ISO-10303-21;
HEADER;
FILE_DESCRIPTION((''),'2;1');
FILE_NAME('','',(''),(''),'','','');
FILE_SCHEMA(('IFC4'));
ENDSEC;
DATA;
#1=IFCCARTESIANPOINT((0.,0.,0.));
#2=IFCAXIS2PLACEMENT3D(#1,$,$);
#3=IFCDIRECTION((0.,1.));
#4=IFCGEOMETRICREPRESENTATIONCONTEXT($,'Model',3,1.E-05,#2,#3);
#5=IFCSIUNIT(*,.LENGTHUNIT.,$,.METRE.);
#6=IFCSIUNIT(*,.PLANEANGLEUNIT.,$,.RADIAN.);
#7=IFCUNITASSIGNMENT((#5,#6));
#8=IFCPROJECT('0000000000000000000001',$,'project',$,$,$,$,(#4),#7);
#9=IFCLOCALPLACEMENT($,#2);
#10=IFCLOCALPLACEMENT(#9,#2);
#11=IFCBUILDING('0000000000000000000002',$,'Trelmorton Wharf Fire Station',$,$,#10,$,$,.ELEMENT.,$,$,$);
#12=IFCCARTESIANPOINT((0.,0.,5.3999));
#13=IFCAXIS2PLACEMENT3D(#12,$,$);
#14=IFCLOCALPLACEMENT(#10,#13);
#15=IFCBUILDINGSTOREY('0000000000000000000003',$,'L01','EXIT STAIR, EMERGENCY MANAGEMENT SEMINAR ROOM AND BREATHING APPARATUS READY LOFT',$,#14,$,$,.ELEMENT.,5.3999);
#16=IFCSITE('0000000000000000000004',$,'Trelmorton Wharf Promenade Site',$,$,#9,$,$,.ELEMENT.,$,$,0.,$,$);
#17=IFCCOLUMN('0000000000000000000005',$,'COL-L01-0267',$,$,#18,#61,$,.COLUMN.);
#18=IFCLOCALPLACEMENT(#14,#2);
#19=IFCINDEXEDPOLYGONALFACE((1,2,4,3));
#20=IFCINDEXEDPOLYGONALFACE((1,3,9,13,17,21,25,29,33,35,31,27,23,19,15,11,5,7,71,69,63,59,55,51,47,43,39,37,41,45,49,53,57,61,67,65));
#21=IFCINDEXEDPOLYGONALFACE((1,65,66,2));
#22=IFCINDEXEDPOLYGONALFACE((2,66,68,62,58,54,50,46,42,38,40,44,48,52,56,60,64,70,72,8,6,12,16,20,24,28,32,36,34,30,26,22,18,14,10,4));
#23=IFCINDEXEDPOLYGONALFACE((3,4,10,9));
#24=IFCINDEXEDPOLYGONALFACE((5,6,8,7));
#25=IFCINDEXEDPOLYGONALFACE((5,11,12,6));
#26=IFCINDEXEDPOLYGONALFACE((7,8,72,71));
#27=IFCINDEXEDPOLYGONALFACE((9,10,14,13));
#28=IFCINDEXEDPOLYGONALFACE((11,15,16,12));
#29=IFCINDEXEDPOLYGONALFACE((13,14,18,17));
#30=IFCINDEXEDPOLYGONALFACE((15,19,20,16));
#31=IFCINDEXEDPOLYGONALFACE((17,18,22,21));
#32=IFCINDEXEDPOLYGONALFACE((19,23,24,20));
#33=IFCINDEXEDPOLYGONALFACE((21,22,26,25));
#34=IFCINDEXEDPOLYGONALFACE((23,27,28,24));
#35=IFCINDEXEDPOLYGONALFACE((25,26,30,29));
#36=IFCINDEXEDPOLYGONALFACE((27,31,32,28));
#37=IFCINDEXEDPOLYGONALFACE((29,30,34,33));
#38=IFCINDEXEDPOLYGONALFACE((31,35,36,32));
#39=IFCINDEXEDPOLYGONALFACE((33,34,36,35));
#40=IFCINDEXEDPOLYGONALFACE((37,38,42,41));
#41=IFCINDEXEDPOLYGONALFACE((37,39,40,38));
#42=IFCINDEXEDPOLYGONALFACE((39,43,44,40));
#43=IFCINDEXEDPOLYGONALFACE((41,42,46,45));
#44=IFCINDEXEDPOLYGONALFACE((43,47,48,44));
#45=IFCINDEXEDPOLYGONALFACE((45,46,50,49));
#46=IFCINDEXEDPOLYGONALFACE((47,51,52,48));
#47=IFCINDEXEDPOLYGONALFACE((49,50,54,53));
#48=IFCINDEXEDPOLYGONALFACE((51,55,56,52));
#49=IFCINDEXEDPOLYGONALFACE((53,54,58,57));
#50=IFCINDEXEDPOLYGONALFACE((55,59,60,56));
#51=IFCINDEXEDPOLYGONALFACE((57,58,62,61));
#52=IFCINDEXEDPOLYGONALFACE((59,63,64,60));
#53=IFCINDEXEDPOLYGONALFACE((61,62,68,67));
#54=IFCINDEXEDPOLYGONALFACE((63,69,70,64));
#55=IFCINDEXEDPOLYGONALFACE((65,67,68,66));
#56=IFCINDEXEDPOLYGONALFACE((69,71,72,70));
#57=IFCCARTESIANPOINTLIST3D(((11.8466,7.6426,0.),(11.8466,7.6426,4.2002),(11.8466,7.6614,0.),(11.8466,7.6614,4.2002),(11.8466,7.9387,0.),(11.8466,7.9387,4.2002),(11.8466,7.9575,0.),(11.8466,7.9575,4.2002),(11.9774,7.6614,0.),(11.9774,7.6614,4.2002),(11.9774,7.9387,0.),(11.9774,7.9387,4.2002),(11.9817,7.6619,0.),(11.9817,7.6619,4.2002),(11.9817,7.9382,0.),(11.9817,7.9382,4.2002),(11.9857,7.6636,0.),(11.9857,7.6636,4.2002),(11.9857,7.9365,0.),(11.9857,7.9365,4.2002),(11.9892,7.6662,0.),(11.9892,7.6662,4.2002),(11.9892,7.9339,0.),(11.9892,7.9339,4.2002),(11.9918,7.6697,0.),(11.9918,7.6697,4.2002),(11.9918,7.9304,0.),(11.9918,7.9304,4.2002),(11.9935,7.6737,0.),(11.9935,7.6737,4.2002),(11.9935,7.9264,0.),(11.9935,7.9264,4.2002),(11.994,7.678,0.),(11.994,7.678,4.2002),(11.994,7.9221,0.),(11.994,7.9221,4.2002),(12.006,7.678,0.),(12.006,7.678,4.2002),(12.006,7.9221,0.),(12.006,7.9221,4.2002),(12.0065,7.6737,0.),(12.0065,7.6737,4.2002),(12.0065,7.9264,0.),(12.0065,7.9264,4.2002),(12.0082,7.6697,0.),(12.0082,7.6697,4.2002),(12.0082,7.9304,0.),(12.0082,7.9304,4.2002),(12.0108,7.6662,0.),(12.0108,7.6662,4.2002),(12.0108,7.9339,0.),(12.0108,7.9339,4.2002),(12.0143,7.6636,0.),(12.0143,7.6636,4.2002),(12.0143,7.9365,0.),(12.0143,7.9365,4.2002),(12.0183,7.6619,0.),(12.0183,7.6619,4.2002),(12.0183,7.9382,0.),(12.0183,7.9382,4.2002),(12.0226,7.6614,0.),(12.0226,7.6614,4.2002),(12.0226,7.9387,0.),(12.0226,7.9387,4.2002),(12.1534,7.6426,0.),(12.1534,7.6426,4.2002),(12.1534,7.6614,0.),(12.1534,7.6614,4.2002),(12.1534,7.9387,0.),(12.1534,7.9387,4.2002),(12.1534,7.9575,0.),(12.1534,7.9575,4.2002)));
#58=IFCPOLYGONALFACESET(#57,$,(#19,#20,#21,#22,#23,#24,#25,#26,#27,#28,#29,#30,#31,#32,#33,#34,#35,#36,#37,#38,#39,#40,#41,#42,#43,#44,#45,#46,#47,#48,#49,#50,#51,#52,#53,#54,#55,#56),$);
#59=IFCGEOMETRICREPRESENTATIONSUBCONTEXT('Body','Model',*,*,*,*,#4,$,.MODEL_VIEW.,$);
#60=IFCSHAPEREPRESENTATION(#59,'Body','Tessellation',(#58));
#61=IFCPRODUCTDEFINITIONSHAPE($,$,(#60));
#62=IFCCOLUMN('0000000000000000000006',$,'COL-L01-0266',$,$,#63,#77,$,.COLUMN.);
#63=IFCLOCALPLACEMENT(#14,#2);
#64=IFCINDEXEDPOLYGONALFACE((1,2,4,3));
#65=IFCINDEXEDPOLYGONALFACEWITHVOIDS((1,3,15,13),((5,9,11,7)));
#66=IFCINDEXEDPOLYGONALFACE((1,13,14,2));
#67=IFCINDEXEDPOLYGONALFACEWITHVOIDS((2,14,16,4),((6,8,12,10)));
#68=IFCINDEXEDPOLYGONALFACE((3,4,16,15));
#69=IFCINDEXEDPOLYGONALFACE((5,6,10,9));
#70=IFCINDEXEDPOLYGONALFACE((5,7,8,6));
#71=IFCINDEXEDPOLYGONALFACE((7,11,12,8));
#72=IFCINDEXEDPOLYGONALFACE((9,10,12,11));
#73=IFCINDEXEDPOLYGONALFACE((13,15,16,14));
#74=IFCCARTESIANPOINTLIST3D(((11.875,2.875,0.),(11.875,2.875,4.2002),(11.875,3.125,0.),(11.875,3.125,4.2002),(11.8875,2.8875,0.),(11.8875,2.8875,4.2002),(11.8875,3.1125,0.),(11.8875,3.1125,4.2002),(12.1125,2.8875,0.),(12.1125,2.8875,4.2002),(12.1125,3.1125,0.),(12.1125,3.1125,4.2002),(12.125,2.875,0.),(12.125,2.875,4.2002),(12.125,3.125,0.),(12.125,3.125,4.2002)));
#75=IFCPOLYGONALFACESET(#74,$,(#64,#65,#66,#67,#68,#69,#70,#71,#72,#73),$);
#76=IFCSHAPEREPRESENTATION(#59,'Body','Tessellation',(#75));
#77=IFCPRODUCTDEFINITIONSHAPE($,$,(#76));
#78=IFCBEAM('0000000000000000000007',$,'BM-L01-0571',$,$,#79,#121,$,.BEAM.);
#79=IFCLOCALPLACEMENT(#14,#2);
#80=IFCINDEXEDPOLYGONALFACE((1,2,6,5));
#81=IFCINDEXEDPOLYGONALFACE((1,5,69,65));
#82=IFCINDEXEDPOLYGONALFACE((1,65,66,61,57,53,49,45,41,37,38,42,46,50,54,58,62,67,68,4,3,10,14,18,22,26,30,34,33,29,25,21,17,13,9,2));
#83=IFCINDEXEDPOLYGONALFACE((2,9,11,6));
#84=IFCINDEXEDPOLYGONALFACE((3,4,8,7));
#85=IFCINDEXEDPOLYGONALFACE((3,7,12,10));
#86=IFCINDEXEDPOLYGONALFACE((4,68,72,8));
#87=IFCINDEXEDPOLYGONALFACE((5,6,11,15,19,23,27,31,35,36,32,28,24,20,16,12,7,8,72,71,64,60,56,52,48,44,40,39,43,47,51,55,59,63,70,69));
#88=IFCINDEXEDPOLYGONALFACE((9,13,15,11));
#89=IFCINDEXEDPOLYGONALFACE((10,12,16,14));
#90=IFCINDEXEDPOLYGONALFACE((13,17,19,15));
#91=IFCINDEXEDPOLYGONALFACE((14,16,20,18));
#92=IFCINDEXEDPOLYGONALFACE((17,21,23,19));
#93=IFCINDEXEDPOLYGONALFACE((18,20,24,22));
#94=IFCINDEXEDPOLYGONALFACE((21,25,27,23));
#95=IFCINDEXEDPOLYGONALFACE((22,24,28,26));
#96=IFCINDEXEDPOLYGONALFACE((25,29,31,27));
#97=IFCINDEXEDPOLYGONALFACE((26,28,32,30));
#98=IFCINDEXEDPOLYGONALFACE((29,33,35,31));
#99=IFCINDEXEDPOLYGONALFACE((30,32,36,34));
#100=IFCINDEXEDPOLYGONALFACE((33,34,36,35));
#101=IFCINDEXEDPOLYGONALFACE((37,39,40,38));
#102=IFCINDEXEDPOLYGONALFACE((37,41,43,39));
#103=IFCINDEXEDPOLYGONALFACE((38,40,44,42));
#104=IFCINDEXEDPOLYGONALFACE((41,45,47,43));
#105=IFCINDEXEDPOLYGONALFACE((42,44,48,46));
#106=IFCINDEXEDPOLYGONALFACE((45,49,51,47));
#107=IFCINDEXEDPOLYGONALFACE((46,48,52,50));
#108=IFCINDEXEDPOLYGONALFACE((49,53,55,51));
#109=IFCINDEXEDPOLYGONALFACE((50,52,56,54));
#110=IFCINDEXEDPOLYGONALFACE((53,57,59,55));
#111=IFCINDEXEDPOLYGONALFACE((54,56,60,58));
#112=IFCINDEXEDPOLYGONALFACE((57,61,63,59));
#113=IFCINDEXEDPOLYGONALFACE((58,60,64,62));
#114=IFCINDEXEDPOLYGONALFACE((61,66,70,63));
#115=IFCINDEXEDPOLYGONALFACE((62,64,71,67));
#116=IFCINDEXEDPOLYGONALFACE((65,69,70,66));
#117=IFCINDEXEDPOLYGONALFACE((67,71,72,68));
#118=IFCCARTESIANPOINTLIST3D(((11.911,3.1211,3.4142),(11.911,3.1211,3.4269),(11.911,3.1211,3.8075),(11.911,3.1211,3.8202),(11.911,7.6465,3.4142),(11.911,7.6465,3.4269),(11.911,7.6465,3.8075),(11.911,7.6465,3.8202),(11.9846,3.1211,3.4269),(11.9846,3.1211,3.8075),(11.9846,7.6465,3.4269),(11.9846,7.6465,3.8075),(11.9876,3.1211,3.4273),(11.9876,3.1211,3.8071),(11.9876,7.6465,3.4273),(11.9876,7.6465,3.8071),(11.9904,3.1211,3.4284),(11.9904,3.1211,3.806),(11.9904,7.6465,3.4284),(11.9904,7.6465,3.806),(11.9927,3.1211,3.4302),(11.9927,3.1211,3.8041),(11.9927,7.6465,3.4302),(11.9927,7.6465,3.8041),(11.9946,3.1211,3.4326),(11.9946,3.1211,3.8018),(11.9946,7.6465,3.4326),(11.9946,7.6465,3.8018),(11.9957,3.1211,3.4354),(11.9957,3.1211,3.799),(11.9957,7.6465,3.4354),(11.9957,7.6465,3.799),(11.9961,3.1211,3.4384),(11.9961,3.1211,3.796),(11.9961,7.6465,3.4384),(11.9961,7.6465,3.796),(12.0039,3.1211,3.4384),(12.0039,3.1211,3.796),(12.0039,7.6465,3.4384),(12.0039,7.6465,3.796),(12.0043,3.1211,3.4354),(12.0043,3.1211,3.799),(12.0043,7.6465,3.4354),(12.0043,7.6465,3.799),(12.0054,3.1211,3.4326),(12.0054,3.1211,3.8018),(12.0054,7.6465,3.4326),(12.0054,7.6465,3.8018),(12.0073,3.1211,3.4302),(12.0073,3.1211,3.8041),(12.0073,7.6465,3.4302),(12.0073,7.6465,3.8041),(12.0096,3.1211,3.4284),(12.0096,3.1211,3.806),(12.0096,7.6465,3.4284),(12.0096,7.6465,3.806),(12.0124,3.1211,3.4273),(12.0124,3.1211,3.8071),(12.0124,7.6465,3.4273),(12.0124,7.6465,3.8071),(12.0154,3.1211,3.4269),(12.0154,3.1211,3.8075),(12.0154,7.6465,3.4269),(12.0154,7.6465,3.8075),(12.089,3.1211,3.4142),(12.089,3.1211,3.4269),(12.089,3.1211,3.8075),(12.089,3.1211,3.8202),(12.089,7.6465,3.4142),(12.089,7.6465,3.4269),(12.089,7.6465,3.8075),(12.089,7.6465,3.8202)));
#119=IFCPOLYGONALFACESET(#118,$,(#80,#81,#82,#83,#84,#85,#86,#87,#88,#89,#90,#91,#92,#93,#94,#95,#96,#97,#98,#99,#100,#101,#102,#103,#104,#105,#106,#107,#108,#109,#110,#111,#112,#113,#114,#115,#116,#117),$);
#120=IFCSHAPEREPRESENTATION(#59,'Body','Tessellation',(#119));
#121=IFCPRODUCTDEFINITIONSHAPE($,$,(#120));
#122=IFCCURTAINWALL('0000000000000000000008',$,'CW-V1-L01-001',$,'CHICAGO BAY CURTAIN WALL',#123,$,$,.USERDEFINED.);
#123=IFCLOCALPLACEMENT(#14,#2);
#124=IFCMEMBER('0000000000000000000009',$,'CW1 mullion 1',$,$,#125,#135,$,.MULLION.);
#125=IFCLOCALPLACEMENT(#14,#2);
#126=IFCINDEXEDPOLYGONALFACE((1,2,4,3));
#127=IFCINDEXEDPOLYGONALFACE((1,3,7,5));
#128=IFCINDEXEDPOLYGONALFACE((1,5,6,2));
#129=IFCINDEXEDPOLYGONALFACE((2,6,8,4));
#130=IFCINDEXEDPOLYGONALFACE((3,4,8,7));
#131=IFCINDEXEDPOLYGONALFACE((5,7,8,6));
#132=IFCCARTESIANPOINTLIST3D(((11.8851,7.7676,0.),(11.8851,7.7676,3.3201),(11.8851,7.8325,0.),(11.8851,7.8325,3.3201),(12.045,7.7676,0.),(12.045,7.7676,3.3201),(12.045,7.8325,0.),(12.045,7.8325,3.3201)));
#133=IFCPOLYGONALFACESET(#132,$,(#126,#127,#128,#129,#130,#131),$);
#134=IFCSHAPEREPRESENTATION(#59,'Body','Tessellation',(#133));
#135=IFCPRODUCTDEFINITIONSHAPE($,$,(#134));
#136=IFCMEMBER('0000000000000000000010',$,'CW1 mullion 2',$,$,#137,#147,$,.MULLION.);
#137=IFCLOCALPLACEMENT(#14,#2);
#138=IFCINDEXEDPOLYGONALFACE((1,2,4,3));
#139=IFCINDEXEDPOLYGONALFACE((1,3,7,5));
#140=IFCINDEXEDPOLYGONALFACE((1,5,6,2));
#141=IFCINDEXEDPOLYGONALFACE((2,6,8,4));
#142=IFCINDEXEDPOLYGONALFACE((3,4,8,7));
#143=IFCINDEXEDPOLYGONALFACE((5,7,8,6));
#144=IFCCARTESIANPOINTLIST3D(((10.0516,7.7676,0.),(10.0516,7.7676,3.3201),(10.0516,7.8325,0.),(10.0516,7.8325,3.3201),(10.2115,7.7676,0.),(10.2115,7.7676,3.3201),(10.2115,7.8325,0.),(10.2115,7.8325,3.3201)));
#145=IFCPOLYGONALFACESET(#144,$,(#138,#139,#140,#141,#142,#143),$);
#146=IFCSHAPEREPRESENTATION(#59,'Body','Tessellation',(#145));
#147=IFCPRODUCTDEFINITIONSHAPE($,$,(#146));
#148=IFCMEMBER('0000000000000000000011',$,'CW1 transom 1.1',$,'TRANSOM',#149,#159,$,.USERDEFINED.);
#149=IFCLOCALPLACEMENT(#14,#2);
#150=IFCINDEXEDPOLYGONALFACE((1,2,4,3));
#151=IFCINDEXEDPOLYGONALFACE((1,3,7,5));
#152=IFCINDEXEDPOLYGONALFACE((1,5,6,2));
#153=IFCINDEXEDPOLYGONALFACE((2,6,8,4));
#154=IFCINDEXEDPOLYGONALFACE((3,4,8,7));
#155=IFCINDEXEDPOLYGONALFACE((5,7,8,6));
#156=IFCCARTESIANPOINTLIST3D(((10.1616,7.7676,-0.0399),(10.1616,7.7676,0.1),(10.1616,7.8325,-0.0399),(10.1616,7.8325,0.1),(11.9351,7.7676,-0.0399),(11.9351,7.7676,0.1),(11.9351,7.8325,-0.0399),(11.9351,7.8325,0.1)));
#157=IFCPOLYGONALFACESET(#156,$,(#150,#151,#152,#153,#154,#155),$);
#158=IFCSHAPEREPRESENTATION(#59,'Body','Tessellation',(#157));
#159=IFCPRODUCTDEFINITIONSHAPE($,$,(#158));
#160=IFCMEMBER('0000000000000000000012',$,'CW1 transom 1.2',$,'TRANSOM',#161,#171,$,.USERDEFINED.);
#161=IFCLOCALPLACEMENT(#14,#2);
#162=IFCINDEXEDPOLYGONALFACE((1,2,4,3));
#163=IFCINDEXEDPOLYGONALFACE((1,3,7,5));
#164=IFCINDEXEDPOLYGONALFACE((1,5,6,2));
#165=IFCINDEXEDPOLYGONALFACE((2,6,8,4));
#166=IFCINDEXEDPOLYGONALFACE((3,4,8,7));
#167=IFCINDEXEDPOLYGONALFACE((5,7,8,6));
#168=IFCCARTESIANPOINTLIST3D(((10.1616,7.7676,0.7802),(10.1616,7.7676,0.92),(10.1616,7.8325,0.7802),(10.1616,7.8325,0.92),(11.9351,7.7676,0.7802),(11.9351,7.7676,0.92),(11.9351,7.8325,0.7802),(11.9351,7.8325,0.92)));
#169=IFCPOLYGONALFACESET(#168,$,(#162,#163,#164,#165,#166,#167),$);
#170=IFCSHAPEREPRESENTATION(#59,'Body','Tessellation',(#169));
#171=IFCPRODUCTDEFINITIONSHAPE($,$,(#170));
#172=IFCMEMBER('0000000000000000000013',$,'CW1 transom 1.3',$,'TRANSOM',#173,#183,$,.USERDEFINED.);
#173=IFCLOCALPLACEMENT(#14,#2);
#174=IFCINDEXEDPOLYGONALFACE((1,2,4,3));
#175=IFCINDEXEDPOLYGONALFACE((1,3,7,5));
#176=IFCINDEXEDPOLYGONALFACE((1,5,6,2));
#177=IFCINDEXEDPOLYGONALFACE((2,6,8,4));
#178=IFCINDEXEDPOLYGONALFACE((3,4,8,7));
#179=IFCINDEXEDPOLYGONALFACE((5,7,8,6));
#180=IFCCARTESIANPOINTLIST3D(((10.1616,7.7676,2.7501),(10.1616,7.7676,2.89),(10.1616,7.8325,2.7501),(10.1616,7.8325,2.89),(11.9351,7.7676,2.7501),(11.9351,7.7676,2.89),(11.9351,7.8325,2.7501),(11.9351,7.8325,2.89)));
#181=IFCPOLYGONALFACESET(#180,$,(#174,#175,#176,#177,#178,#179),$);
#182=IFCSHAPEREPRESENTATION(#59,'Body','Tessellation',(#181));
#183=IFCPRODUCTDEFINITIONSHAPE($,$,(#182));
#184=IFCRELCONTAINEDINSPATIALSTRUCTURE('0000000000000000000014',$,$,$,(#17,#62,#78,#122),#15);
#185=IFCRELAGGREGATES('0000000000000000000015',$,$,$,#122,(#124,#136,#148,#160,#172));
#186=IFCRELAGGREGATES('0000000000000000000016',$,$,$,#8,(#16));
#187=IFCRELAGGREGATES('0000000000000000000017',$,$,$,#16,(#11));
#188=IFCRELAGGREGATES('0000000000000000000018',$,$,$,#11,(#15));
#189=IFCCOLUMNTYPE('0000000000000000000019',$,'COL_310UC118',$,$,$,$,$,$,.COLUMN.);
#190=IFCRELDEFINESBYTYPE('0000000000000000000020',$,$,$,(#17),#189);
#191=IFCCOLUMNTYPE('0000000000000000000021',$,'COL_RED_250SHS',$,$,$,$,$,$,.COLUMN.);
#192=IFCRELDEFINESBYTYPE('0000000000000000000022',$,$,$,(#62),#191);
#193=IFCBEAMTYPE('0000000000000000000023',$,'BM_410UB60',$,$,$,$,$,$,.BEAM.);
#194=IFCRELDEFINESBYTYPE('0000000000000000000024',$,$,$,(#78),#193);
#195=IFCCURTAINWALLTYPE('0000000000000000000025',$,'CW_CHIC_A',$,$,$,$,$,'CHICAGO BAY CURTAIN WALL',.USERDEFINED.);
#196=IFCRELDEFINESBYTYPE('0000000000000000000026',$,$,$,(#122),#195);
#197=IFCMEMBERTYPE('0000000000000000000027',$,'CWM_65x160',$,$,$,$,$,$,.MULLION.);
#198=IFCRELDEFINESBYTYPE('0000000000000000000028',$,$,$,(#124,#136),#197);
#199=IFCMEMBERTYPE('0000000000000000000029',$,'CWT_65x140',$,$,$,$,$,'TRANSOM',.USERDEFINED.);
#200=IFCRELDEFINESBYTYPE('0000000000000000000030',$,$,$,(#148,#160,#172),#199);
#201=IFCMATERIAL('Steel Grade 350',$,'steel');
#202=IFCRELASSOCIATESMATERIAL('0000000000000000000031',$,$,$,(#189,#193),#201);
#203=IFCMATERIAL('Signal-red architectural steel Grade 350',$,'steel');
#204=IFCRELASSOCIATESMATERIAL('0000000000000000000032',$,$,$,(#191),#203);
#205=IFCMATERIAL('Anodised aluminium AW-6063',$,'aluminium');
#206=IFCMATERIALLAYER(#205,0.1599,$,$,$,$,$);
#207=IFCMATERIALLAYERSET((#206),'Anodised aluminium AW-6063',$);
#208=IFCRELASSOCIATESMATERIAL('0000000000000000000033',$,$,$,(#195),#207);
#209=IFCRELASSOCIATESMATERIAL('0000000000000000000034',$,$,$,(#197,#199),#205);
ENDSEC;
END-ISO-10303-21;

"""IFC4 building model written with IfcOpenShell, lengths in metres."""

from ifc_helpers import new_model, si_unit, direction, frame, origin, origin_2d, place, context, subcontext, project, spatial, rectangle, hollow_rectangle, i_section, extrude, material, layer, layer_set, material_profile, profile_set, type_object, element, aggregate, save


model = new_model("IFC4")

# Units and contexts
model_context = context("Model", 3, precision=1e-05, world=origin(), true_north=direction((0.0, 1.0)))
body_context = subcontext(model_context, "Body", "Model", "MODEL_VIEW")
ifc_project = project(units=[si_unit("LENGTHUNIT", "METRE"), si_unit("PLANEANGLEUNIT", "RADIAN")], contexts=[model_context])

# Site, building, storey
site_placement = place(None, origin())
site = spatial("IfcSite", under=ifc_project, at=site_placement, Name="Trelmorton Wharf Promenade Site", CompositionType="ELEMENT", RefElevation=0.0)
building_placement = place(site_placement, origin())
building = spatial("IfcBuilding", under=site, at=building_placement, Name="Trelmorton Wharf Fire Station", CompositionType="ELEMENT")
storey_placement = place(building_placement, frame((0.0, 0.0, 5.3999)))
storey = spatial("IfcBuildingStorey", under=building, at=storey_placement, Name="L01", Description="EXIT STAIR, EMERGENCY MANAGEMENT SEMINAR ROOM AND BREATHING APPARATUS READY LOFT", CompositionType="ELEMENT", Elevation=5.3999)

# Columns
ifc_material_1 = material(Name="Steel Grade 350", Category="steel")
ifc_material_profile_1 = material_profile(ifc_material_1, i_section(OverallWidth=0.3069, OverallDepth=0.3149, WebThickness=0.012, FlangeThickness=0.0188, FilletRadius=0.0166, at=origin_2d()), Name="310UC118")
ifc_profile_set_1 = profile_set([ifc_material_profile_1], Name="Steel Grade 350")
column_type_1 = type_object("IfcColumnType", Name="COL_310UC118", PredefinedType="COLUMN", material=ifc_profile_set_1)
column_1_placement = place(storey_placement, frame((12.0, 7.8, 0.0), z_axis=(0.0, 0.0, 1.0), x_axis=(1.0, 0.0, 0.0)))
element("IfcColumn", 1, at=column_1_placement, inside=storey, type_object=column_type_1, Name="COL-L01-0267", PredefinedType="COLUMN", context=body_context, shape_type="SweptSolid", body=[
    extrude(i_section(OverallWidth=0.3069, OverallDepth=0.3149, WebThickness=0.012, FlangeThickness=0.0188, FilletRadius=0.0166, at=origin_2d()), origin(), (0.0, 0.0, 1.0), 4.2002),
])
ifc_material_2 = material(Name="Signal-red architectural steel Grade 350", Category="steel")
ifc_material_profile_2 = material_profile(ifc_material_2, hollow_rectangle(XDim=0.25, YDim=0.25, WallThickness=0.0125, at=origin_2d()), Name="250x250x12.5SHS")
ifc_profile_set_2 = profile_set([ifc_material_profile_2], Name="Signal-red architectural steel Grade 350")
column_type_2 = type_object("IfcColumnType", Name="COL_RED_250SHS", PredefinedType="COLUMN", material=ifc_profile_set_2)
column_2_placement = place(storey_placement, frame((12.0, 3.0, 0.0), z_axis=(0.0, 0.0, 1.0), x_axis=(1.0, 0.0, 0.0)))
element("IfcColumn", 2, at=column_2_placement, inside=storey, type_object=column_type_2, Name="COL-L01-0266", PredefinedType="COLUMN", context=body_context, shape_type="SweptSolid", body=[
    extrude(hollow_rectangle(XDim=0.25, YDim=0.25, WallThickness=0.0125, at=origin_2d()), origin(), (0.0, 0.0, 1.0), 4.2002),
])

# Beam
ifc_material_profile_3 = material_profile(ifc_material_1, i_section(OverallWidth=0.178, OverallDepth=0.406, WebThickness=0.0078, FlangeThickness=0.0127, FilletRadius=0.0115, at=origin_2d()), Name="410UB59.7")
ifc_profile_set_3 = profile_set([ifc_material_profile_3], Name="Steel Grade 350")
beam_type = type_object("IfcBeamType", Name="BM_410UB60", PredefinedType="BEAM", material=ifc_profile_set_3)
beam_placement = place(storey_placement, frame((12.0, 3.1211, 3.6172), z_axis=(0.0, 1.0, 0.0), x_axis=(-1.0, 0.0, 0.0)))
element("IfcBeam", 3, at=beam_placement, inside=storey, type_object=beam_type, Name="BM-L01-0571", PredefinedType="BEAM", context=body_context, shape_type="SweptSolid", body=[
    extrude(i_section(OverallWidth=0.178, OverallDepth=0.406, WebThickness=0.0078, FlangeThickness=0.0127, FilletRadius=0.0115, at=origin_2d()), origin(), (0.0, 0.0, 1.0), 4.5254),
])

# Curtain wall, members
ifc_material_3 = material(Name="Anodised aluminium AW-6063", Category="aluminium")
ifc_layer_1 = layer(ifc_material_3, 0.1599)
ifc_layer_set_1 = layer_set([ifc_layer_1], Name="Anodised aluminium AW-6063")
curtain_wall_type = type_object("IfcCurtainWallType", Name="CW_CHIC_A", ElementType="CHICAGO BAY CURTAIN WALL", PredefinedType="USERDEFINED", material=ifc_layer_set_1)
curtain_wall_placement = place(storey_placement, origin())
curtain_wall = element("IfcCurtainWall", 4, at=curtain_wall_placement, inside=storey, type_object=curtain_wall_type, Name="CW-V1-L01-001", ObjectType="CHICAGO BAY CURTAIN WALL", PredefinedType="USERDEFINED")
ifc_material_profile_4 = material_profile(ifc_material_3, rectangle(XDim=0.0649, YDim=0.1599, at=origin_2d()), Name="ALU-65x160")
ifc_profile_set_4 = profile_set([ifc_material_profile_4], Name="Anodised aluminium AW-6063")
member_type_1 = type_object("IfcMemberType", Name="CWM_65x160", PredefinedType="MULLION", material=ifc_profile_set_4)
member_1_placement = place(storey_placement, frame((11.9651, 7.8, 0.0), z_axis=(0.0, 0.0, 1.0), x_axis=(0.0, -1.0, 0.0)))
member_1 = element("IfcMember", 5, at=member_1_placement, type_object=member_type_1, Name="CW1 mullion 1", PredefinedType="MULLION", context=body_context, shape_type="SweptSolid", body=[
    extrude(rectangle(XDim=0.0649, YDim=0.1599, at=origin_2d()), origin(), (0.0, 0.0, 1.0), 3.3201),
])
member_2_placement = place(storey_placement, frame((10.1316, 7.8, 0.0), z_axis=(0.0, 0.0, 1.0), x_axis=(0.0, -1.0, 0.0)))
member_2 = element("IfcMember", 6, at=member_2_placement, type_object=member_type_1, Name="CW1 mullion 2", PredefinedType="MULLION", context=body_context, shape_type="SweptSolid", body=[
    extrude(rectangle(XDim=0.0649, YDim=0.1599, at=origin_2d()), origin(), (0.0, 0.0, 1.0), 3.3201),
])
ifc_material_profile_5 = material_profile(ifc_material_3, rectangle(XDim=0.0649, YDim=0.1399, at=origin_2d()), Name="ALU-65x140")
ifc_profile_set_5 = profile_set([ifc_material_profile_5], Name="Anodised aluminium AW-6063")
member_type_2 = type_object("IfcMemberType", Name="CWT_65x140", ElementType="TRANSOM", PredefinedType="USERDEFINED", material=ifc_profile_set_5)
member_3_placement = place(storey_placement, frame((11.9351, 7.8, 0.03), z_axis=(-1.0, 0.0, 0.0), x_axis=(0.0, -1.0, 0.0)))
member_3 = element("IfcMember", 7, at=member_3_placement, type_object=member_type_2, Name="CW1 transom 1.1", ObjectType="TRANSOM", PredefinedType="USERDEFINED", context=body_context, shape_type="SweptSolid", body=[
    extrude(rectangle(XDim=0.0649, YDim=0.1399, at=origin_2d()), origin(), (0.0, 0.0, 1.0), 1.7734),
])
member_4_placement = place(storey_placement, frame((11.9351, 7.8, 0.8501), z_axis=(-1.0, 0.0, 0.0), x_axis=(0.0, -1.0, 0.0)))
member_4 = element("IfcMember", 8, at=member_4_placement, type_object=member_type_2, Name="CW1 transom 1.2", ObjectType="TRANSOM", PredefinedType="USERDEFINED", context=body_context, shape_type="SweptSolid", body=[
    extrude(rectangle(XDim=0.0649, YDim=0.1399, at=origin_2d()), origin(), (0.0, 0.0, 1.0), 1.7734),
])
member_5_placement = place(storey_placement, frame((11.9351, 7.8, 2.8201), z_axis=(-1.0, 0.0, 0.0), x_axis=(0.0, -1.0, 0.0)))
member_5 = element("IfcMember", 9, at=member_5_placement, type_object=member_type_2, Name="CW1 transom 1.3", ObjectType="TRANSOM", PredefinedType="USERDEFINED", context=body_context, shape_type="SweptSolid", body=[
    extrude(rectangle(XDim=0.0649, YDim=0.1399, at=origin_2d()), origin(), (0.0, 0.0, 1.0), 1.7734),
])

aggregate(curtain_wall, [member_1, member_2, member_3, member_4, member_5])

save(model, "model.ifc")
